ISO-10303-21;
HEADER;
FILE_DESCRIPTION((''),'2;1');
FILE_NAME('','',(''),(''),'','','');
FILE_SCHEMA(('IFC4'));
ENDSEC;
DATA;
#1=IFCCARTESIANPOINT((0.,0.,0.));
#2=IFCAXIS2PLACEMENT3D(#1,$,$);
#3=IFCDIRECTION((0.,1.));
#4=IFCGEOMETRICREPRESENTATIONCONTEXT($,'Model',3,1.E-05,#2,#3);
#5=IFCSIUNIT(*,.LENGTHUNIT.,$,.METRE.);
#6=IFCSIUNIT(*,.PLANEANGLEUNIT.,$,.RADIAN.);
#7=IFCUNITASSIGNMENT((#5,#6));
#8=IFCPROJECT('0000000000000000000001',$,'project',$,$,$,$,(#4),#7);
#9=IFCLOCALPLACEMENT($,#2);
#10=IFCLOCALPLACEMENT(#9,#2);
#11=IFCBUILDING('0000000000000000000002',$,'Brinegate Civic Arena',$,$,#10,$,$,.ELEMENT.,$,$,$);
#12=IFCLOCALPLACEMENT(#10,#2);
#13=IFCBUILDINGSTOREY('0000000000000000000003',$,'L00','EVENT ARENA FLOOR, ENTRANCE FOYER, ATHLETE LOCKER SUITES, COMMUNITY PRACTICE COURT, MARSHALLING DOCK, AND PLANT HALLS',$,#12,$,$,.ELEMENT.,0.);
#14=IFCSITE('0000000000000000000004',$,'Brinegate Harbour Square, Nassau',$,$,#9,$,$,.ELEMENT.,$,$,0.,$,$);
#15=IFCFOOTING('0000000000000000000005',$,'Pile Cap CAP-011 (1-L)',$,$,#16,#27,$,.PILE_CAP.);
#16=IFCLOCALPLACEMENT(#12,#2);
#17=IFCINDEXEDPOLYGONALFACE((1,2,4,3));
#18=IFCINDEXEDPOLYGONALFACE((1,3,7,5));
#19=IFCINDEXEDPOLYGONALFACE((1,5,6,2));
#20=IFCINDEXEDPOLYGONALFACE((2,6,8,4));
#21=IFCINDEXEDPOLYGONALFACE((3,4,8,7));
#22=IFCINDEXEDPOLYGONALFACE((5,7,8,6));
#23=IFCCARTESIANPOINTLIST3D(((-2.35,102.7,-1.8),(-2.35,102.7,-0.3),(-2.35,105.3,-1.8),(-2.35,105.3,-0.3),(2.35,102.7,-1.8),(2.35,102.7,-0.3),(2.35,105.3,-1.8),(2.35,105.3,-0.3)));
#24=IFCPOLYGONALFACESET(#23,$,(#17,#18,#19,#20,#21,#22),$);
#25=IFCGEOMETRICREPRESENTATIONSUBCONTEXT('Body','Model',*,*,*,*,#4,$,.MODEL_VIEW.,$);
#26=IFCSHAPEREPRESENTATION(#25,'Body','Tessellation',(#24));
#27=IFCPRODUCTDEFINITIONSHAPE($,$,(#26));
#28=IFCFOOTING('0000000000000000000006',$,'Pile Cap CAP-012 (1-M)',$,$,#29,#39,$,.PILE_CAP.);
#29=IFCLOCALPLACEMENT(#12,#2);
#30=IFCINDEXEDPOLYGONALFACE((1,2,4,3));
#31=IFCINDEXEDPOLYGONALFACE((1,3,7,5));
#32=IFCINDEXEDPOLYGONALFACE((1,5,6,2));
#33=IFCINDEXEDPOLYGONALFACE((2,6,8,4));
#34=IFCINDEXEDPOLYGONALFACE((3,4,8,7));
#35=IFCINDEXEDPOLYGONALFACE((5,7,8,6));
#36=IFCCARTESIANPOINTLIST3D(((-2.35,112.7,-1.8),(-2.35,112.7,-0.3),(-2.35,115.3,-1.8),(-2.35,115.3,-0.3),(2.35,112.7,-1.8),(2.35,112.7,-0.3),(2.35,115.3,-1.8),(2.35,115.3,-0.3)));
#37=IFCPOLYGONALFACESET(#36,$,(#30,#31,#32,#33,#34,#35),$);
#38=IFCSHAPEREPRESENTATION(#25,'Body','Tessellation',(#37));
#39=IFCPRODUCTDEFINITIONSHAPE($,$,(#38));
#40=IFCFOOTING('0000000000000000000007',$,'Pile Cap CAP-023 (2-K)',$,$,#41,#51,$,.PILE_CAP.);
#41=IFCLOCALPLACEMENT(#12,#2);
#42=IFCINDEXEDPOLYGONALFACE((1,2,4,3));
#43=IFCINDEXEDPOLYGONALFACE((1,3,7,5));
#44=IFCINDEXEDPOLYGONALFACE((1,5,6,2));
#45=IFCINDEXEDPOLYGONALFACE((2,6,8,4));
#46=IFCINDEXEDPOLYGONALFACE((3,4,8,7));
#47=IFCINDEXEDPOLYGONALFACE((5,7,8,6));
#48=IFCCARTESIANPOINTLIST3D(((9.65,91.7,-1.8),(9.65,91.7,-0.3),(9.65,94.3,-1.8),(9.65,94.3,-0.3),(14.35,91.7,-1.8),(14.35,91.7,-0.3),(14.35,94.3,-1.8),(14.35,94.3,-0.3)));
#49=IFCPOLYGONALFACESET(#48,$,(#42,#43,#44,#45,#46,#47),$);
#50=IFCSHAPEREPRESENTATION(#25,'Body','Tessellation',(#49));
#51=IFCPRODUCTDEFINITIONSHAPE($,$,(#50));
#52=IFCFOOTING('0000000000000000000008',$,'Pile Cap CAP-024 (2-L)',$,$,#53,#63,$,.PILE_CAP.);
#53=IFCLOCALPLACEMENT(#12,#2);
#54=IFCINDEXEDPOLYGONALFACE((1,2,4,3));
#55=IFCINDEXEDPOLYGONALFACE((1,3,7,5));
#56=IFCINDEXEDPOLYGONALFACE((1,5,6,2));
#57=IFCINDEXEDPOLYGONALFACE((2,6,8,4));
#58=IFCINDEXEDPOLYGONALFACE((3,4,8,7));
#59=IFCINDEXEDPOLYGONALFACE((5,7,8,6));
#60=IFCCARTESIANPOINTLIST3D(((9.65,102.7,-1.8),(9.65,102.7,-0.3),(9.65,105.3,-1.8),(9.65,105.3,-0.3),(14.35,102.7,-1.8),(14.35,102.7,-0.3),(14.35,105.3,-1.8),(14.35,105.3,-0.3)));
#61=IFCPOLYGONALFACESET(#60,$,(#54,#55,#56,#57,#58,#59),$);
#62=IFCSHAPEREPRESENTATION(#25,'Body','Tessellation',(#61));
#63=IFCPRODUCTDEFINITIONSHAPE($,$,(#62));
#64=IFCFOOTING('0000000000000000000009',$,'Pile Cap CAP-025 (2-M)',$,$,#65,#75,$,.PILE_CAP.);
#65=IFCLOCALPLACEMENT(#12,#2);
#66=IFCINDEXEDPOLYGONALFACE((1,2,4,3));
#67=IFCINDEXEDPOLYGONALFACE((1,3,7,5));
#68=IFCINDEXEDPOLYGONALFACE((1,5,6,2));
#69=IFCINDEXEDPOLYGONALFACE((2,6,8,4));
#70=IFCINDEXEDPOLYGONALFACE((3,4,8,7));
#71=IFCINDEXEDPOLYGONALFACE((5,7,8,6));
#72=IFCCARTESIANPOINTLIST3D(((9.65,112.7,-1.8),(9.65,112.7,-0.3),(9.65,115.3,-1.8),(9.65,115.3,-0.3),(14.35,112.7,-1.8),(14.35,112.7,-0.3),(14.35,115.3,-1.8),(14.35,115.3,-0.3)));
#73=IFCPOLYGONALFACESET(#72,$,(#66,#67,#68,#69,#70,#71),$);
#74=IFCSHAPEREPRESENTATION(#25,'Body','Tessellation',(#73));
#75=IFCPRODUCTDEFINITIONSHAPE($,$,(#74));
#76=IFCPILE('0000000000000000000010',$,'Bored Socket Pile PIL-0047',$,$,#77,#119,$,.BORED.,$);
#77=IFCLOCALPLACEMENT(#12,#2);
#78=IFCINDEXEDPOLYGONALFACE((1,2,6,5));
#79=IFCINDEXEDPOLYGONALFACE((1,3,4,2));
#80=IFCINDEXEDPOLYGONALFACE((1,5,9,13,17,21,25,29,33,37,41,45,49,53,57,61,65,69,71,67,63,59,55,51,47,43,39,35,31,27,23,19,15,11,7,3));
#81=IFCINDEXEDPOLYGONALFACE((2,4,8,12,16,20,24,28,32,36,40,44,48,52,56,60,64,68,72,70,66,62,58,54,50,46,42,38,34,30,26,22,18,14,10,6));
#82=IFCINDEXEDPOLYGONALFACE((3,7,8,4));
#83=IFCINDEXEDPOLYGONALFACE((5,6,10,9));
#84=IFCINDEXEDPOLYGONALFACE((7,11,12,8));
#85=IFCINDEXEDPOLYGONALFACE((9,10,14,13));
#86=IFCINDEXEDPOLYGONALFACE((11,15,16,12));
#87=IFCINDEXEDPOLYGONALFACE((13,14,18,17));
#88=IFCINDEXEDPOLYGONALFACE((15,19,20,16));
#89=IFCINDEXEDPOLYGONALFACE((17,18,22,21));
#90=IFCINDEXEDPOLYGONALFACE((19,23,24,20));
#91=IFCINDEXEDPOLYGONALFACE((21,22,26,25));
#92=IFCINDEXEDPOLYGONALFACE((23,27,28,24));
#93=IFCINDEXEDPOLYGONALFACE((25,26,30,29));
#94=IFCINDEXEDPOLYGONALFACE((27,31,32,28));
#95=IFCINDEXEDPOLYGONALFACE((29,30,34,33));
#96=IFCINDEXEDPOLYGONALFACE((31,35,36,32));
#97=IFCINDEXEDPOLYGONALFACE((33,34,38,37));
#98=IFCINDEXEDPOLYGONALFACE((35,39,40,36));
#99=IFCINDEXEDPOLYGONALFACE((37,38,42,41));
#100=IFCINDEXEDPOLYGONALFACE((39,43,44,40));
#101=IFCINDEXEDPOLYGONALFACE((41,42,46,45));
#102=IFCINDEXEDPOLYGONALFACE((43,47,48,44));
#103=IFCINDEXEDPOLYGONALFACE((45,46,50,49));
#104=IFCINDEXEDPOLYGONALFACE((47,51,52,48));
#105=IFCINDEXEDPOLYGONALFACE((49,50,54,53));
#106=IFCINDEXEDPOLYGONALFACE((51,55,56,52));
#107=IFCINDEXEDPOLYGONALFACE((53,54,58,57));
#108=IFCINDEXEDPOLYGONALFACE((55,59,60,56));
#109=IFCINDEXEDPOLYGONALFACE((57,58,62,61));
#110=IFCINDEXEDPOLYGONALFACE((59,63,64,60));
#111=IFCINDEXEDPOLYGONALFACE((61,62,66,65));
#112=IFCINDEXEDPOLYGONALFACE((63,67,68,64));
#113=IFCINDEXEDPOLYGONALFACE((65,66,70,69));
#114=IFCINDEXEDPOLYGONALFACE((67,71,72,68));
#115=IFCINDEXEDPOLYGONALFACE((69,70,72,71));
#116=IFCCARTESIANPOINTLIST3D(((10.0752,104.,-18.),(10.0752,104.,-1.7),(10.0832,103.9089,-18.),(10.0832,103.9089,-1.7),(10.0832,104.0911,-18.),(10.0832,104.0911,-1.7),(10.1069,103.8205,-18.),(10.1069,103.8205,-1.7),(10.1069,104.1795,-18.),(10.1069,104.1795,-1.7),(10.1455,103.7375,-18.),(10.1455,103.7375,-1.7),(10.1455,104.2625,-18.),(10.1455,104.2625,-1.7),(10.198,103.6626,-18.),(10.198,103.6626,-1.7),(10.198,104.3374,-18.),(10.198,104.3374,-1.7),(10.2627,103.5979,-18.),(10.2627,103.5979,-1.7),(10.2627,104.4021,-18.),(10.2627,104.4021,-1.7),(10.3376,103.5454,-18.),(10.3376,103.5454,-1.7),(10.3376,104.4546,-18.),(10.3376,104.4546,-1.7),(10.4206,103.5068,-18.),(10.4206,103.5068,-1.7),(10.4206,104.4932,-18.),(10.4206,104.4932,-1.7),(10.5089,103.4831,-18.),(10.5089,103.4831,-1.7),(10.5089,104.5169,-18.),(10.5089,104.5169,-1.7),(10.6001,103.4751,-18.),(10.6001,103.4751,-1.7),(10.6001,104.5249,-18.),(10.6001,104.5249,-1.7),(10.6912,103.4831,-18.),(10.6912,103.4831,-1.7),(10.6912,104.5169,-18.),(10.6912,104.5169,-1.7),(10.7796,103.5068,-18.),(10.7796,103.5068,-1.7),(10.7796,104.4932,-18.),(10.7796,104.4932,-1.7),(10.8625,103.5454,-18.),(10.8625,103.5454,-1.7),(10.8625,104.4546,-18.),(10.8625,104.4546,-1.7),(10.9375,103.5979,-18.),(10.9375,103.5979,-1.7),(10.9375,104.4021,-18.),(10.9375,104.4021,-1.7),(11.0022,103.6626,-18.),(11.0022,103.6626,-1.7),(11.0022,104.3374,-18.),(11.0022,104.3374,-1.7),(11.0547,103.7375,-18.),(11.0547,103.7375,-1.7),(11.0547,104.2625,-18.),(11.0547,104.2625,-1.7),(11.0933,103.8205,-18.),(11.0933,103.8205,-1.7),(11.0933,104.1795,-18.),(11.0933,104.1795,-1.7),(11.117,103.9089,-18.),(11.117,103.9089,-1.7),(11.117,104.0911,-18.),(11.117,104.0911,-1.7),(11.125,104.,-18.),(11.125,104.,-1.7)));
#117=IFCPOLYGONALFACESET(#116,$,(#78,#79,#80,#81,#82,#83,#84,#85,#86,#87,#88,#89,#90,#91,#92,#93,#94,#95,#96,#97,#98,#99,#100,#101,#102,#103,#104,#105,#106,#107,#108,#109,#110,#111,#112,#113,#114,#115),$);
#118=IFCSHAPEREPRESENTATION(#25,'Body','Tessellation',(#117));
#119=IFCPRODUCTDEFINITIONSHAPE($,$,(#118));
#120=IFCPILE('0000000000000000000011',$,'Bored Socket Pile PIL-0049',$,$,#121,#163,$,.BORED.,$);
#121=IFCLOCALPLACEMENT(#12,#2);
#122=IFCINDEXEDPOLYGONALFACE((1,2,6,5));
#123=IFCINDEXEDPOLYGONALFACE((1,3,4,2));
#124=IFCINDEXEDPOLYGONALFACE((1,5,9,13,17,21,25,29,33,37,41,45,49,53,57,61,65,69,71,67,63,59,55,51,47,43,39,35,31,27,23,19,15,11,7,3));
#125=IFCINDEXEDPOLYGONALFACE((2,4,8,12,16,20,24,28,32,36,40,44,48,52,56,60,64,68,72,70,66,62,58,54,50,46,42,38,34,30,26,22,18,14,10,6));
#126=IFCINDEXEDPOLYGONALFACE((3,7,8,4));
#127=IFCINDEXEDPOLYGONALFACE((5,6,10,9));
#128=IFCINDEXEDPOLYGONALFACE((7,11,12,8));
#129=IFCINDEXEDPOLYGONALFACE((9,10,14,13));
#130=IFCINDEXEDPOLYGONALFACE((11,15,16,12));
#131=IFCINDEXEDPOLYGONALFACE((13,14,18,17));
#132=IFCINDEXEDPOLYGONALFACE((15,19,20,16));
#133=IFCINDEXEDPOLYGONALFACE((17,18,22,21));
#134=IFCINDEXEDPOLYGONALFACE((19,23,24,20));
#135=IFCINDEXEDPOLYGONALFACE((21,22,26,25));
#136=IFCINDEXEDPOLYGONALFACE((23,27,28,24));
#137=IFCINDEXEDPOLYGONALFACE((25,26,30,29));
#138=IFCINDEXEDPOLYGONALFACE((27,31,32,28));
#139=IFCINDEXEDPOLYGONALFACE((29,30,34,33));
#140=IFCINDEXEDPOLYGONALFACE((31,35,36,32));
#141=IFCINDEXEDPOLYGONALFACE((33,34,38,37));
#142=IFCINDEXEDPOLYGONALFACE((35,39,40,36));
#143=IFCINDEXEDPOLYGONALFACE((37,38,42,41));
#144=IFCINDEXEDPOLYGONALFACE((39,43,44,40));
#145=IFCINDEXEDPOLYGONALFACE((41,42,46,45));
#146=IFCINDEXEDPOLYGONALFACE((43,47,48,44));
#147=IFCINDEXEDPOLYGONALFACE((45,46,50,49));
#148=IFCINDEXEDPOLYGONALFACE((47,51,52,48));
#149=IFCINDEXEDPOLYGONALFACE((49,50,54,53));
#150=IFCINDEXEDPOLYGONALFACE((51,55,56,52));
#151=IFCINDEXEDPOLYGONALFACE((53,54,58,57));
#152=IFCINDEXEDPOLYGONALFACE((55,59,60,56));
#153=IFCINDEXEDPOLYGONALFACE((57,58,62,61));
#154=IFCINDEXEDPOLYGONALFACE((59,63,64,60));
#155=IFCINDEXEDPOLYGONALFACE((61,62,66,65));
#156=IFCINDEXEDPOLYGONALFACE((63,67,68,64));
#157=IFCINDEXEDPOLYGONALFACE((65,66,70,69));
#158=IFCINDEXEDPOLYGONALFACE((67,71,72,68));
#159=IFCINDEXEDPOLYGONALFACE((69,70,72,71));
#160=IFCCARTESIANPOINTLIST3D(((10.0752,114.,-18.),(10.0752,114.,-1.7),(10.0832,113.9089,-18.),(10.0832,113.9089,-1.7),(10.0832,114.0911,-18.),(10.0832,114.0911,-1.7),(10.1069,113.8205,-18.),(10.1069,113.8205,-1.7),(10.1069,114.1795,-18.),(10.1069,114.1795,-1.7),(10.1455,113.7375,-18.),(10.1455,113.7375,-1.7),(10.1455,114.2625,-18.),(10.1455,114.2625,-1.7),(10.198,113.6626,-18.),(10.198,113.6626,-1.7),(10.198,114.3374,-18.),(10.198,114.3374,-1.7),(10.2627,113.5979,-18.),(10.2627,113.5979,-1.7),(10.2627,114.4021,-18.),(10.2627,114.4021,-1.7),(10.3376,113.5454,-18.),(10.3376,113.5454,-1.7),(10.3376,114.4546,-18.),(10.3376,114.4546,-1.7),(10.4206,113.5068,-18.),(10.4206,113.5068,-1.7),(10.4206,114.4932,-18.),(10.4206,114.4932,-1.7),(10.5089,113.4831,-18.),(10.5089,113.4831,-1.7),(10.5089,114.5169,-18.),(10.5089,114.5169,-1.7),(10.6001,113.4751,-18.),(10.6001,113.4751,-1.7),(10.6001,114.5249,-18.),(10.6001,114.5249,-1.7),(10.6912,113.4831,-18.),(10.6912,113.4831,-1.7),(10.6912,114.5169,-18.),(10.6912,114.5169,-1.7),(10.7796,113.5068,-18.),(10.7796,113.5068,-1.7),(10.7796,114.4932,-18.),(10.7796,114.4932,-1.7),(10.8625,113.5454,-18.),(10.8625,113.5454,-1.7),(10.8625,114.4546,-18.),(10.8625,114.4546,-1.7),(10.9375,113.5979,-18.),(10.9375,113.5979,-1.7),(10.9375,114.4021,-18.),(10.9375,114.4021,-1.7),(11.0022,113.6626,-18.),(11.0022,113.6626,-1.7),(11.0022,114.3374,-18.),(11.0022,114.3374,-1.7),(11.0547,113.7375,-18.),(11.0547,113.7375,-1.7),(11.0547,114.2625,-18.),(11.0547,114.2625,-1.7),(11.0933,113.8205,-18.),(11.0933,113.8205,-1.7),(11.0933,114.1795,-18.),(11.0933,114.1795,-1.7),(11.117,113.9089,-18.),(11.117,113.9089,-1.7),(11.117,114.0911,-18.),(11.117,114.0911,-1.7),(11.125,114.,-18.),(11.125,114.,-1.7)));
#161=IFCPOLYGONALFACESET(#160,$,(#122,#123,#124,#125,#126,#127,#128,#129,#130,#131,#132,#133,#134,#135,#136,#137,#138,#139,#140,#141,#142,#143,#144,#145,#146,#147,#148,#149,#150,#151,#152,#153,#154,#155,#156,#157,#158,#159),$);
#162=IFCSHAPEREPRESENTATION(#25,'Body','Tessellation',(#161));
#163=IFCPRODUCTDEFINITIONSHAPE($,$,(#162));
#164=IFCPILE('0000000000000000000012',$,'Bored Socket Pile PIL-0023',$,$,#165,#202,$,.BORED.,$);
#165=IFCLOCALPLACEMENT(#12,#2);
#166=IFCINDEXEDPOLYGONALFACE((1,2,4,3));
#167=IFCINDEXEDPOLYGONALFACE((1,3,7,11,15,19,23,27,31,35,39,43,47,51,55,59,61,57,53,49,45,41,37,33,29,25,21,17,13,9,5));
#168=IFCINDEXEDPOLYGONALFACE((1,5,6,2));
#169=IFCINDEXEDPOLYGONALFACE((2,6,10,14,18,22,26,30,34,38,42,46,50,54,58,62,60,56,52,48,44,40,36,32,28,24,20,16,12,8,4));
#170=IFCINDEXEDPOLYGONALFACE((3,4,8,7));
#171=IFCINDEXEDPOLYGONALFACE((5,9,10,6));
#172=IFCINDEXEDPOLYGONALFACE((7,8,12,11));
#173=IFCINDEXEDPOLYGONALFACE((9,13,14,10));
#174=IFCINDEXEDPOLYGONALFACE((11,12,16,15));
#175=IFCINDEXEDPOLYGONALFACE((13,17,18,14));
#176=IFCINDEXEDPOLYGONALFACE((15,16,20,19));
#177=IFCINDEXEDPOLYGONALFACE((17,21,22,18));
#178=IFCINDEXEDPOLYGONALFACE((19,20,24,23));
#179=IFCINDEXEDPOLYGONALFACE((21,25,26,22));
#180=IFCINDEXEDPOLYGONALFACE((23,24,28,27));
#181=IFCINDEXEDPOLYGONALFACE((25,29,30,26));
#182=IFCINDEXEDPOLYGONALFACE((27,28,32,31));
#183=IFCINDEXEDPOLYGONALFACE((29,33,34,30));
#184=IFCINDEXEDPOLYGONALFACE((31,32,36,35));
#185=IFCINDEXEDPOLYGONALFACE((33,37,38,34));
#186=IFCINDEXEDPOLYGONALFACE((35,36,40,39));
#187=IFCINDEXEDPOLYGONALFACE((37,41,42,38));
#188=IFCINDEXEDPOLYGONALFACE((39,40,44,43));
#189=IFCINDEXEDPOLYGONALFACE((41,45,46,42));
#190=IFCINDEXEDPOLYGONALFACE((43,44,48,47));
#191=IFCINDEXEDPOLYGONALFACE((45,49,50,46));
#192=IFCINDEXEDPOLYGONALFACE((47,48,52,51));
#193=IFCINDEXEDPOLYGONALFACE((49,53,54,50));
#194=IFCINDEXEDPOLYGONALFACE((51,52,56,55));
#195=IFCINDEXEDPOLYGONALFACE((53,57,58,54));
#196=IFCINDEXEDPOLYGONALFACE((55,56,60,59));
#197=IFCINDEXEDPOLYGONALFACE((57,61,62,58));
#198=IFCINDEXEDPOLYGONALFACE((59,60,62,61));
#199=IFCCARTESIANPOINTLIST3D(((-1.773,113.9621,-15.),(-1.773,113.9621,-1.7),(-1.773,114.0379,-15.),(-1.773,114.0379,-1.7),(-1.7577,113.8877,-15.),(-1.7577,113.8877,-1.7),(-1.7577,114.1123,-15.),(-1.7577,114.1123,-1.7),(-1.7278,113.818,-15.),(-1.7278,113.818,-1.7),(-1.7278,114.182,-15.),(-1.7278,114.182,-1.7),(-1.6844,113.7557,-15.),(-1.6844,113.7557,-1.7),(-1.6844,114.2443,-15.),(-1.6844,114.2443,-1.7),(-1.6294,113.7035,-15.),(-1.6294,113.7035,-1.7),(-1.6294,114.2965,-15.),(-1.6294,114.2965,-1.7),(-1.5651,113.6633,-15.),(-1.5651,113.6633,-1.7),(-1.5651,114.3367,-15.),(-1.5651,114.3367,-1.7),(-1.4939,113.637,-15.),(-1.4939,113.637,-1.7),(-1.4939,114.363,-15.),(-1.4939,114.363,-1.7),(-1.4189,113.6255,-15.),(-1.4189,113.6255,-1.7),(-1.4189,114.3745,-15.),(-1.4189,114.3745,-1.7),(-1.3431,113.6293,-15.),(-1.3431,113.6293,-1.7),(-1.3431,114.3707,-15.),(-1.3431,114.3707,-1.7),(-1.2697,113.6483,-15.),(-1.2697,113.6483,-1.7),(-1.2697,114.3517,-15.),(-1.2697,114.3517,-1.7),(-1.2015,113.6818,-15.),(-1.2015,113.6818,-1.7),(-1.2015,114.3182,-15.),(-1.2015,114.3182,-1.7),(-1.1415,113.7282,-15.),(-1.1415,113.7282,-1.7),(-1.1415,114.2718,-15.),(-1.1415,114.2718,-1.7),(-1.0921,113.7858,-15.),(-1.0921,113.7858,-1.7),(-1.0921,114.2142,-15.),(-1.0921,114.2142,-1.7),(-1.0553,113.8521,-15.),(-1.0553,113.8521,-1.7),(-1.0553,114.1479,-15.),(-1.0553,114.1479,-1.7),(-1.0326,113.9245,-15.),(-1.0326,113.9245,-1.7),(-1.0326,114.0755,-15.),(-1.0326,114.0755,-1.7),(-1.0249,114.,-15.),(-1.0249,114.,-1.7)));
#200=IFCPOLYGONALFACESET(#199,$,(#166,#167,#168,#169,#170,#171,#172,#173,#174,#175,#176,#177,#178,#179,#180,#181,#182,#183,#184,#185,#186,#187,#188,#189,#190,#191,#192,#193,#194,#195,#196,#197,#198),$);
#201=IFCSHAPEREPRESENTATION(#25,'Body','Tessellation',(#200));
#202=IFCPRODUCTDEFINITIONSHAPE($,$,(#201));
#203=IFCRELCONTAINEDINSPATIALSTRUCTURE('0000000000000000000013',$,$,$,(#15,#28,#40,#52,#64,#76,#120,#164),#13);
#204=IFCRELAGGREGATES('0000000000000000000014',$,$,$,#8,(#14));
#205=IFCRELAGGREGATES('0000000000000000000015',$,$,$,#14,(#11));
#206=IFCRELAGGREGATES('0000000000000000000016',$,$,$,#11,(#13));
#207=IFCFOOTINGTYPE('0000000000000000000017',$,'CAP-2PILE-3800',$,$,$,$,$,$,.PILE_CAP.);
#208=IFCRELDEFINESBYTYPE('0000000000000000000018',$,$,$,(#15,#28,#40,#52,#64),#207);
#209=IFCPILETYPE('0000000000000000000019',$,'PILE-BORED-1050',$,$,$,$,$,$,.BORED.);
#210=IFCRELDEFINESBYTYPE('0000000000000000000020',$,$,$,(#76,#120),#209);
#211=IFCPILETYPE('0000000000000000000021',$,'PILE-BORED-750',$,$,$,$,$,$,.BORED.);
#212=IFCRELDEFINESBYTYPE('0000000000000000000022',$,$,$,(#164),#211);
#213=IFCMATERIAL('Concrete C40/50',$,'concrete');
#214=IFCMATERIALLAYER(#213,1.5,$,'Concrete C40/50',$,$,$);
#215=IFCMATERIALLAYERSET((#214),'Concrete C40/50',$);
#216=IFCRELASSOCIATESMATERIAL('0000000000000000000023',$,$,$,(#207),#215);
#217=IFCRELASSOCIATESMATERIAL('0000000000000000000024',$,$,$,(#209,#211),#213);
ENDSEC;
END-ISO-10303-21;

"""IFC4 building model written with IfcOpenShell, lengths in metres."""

from ifc_helpers import new_model, si_unit, direction, frame, origin, origin_2d, place, context, subcontext, project, spatial, rectangle, circle, extrude, material, layer, layer_set, material_profile, profile_set, type_object, element, save


model = new_model("IFC4")

# Units and contexts
model_context = context("Model", 3, precision=1e-05, world=origin(), true_north=direction((0.0, 1.0)))
body_context = subcontext(model_context, "Body", "Model", "MODEL_VIEW")
ifc_project = project(units=[si_unit("LENGTHUNIT", "METRE"), si_unit("PLANEANGLEUNIT", "RADIAN")], contexts=[model_context])

# Site, building, storey
site_placement = place(None, origin())
site = spatial("IfcSite", under=ifc_project, at=site_placement, Name="Brinegate Harbour Square, Nassau", CompositionType="ELEMENT", RefElevation=0.0)
building_placement = place(site_placement, origin())
building = spatial("IfcBuilding", under=site, at=building_placement, Name="Brinegate Civic Arena", CompositionType="ELEMENT")
storey_placement = place(building_placement, origin())
storey = spatial("IfcBuildingStorey", under=building, at=storey_placement, Name="L00", Description="EVENT ARENA FLOOR, ENTRANCE FOYER, ATHLETE LOCKER SUITES, COMMUNITY PRACTICE COURT, MARSHALLING DOCK, AND PLANT HALLS", CompositionType="ELEMENT", Elevation=0.0)

# Footings
ifc_material_1 = material(Name="Concrete C40/50", Category="concrete")
ifc_layer_1 = layer(ifc_material_1, 1.5, Name="Concrete C40/50")
ifc_layer_set_1 = layer_set([ifc_layer_1], Name="Concrete C40/50")
footing_type_1 = type_object("IfcFootingType", Name="CAP-2PILE-3800", PredefinedType="PILE_CAP", material=ifc_layer_set_1)
for number, where, z_axis, x_axis, name in (
    (1, (0.0, 104.0, -1.8), (0.0, 0.0, 1.0), (1.0, 0.0, 0.0), "Pile Cap CAP-011 (1-L)"),
    (2, (0.0, 114.0, -1.8), (0.0, 0.0, 1.0), (1.0, 0.0, 0.0), "Pile Cap CAP-012 (1-M)"),
    (3, (12.0, 93.0, -1.8), (0.0, 0.0, 1.0), (1.0, 0.0, 0.0), "Pile Cap CAP-023 (2-K)"),
    (4, (12.0, 104.0, -1.8), (0.0, 0.0, 1.0), (1.0, 0.0, 0.0), "Pile Cap CAP-024 (2-L)"),
    (5, (12.0, 114.0, -1.8), (0.0, 0.0, 1.0), (1.0, 0.0, 0.0), "Pile Cap CAP-025 (2-M)"),
):
    element("IfcFooting", number, at=place(storey_placement, frame(where, z_axis=z_axis, x_axis=x_axis)), inside=storey, type_object=footing_type_1, Name=name, PredefinedType="PILE_CAP", context=body_context, shape_type="SweptSolid", body=[
        extrude(rectangle(XDim=4.7, YDim=2.6001, at=origin_2d()), origin(), (0.0, 0.0, 1.0), 1.5),
    ])

# Piles
ifc_material_profile_1 = material_profile(ifc_material_1, circle(Radius=0.5249, at=origin_2d()), Name="PILED1050")
ifc_profile_set_1 = profile_set([ifc_material_profile_1], Name="Concrete C40/50")
pile_type_1 = type_object("IfcPileType", Name="PILE-BORED-1050", PredefinedType="BORED", material=ifc_profile_set_1)
for number, where, z_axis, x_axis, name in (
    (6, (10.6001, 104.0, -1.7), (0.0, 0.0, -1.0), (1.0, 0.0, 0.0), "Bored Socket Pile PIL-0047"),
    (7, (10.6001, 114.0, -1.7), (0.0, 0.0, -1.0), (1.0, 0.0, 0.0), "Bored Socket Pile PIL-0049"),
):
    element("IfcPile", number, at=place(storey_placement, frame(where, z_axis=z_axis, x_axis=x_axis)), inside=storey, type_object=pile_type_1, Name=name, PredefinedType="BORED", context=body_context, shape_type="SweptSolid", body=[
        extrude(circle(Radius=0.5249, at=origin_2d()), origin(), (0.0, 0.0, 1.0), 16.3),
    ])
ifc_material_profile_2 = material_profile(ifc_material_1, circle(Radius=0.375, at=origin_2d()), Name="PILED750")
ifc_profile_set_2 = profile_set([ifc_material_profile_2], Name="Concrete C40/50")
pile_type_2 = type_object("IfcPileType", Name="PILE-BORED-750", PredefinedType="BORED", material=ifc_profile_set_2)
for number, where, z_axis, x_axis, name in (
    (8, (-1.3999, 114.0, -1.7), (0.0, 0.0, -1.0), (1.0, 0.0, 0.0), "Bored Socket Pile PIL-0023"),
):
    element("IfcPile", number, at=place(storey_placement, frame(where, z_axis=z_axis, x_axis=x_axis)), inside=storey, type_object=pile_type_2, Name=name, PredefinedType="BORED", context=body_context, shape_type="SweptSolid", body=[
        extrude(circle(Radius=0.375, at=origin_2d()), origin(), (0.0, 0.0, 1.0), 13.3),
    ])

save(model, "model.ifc")
